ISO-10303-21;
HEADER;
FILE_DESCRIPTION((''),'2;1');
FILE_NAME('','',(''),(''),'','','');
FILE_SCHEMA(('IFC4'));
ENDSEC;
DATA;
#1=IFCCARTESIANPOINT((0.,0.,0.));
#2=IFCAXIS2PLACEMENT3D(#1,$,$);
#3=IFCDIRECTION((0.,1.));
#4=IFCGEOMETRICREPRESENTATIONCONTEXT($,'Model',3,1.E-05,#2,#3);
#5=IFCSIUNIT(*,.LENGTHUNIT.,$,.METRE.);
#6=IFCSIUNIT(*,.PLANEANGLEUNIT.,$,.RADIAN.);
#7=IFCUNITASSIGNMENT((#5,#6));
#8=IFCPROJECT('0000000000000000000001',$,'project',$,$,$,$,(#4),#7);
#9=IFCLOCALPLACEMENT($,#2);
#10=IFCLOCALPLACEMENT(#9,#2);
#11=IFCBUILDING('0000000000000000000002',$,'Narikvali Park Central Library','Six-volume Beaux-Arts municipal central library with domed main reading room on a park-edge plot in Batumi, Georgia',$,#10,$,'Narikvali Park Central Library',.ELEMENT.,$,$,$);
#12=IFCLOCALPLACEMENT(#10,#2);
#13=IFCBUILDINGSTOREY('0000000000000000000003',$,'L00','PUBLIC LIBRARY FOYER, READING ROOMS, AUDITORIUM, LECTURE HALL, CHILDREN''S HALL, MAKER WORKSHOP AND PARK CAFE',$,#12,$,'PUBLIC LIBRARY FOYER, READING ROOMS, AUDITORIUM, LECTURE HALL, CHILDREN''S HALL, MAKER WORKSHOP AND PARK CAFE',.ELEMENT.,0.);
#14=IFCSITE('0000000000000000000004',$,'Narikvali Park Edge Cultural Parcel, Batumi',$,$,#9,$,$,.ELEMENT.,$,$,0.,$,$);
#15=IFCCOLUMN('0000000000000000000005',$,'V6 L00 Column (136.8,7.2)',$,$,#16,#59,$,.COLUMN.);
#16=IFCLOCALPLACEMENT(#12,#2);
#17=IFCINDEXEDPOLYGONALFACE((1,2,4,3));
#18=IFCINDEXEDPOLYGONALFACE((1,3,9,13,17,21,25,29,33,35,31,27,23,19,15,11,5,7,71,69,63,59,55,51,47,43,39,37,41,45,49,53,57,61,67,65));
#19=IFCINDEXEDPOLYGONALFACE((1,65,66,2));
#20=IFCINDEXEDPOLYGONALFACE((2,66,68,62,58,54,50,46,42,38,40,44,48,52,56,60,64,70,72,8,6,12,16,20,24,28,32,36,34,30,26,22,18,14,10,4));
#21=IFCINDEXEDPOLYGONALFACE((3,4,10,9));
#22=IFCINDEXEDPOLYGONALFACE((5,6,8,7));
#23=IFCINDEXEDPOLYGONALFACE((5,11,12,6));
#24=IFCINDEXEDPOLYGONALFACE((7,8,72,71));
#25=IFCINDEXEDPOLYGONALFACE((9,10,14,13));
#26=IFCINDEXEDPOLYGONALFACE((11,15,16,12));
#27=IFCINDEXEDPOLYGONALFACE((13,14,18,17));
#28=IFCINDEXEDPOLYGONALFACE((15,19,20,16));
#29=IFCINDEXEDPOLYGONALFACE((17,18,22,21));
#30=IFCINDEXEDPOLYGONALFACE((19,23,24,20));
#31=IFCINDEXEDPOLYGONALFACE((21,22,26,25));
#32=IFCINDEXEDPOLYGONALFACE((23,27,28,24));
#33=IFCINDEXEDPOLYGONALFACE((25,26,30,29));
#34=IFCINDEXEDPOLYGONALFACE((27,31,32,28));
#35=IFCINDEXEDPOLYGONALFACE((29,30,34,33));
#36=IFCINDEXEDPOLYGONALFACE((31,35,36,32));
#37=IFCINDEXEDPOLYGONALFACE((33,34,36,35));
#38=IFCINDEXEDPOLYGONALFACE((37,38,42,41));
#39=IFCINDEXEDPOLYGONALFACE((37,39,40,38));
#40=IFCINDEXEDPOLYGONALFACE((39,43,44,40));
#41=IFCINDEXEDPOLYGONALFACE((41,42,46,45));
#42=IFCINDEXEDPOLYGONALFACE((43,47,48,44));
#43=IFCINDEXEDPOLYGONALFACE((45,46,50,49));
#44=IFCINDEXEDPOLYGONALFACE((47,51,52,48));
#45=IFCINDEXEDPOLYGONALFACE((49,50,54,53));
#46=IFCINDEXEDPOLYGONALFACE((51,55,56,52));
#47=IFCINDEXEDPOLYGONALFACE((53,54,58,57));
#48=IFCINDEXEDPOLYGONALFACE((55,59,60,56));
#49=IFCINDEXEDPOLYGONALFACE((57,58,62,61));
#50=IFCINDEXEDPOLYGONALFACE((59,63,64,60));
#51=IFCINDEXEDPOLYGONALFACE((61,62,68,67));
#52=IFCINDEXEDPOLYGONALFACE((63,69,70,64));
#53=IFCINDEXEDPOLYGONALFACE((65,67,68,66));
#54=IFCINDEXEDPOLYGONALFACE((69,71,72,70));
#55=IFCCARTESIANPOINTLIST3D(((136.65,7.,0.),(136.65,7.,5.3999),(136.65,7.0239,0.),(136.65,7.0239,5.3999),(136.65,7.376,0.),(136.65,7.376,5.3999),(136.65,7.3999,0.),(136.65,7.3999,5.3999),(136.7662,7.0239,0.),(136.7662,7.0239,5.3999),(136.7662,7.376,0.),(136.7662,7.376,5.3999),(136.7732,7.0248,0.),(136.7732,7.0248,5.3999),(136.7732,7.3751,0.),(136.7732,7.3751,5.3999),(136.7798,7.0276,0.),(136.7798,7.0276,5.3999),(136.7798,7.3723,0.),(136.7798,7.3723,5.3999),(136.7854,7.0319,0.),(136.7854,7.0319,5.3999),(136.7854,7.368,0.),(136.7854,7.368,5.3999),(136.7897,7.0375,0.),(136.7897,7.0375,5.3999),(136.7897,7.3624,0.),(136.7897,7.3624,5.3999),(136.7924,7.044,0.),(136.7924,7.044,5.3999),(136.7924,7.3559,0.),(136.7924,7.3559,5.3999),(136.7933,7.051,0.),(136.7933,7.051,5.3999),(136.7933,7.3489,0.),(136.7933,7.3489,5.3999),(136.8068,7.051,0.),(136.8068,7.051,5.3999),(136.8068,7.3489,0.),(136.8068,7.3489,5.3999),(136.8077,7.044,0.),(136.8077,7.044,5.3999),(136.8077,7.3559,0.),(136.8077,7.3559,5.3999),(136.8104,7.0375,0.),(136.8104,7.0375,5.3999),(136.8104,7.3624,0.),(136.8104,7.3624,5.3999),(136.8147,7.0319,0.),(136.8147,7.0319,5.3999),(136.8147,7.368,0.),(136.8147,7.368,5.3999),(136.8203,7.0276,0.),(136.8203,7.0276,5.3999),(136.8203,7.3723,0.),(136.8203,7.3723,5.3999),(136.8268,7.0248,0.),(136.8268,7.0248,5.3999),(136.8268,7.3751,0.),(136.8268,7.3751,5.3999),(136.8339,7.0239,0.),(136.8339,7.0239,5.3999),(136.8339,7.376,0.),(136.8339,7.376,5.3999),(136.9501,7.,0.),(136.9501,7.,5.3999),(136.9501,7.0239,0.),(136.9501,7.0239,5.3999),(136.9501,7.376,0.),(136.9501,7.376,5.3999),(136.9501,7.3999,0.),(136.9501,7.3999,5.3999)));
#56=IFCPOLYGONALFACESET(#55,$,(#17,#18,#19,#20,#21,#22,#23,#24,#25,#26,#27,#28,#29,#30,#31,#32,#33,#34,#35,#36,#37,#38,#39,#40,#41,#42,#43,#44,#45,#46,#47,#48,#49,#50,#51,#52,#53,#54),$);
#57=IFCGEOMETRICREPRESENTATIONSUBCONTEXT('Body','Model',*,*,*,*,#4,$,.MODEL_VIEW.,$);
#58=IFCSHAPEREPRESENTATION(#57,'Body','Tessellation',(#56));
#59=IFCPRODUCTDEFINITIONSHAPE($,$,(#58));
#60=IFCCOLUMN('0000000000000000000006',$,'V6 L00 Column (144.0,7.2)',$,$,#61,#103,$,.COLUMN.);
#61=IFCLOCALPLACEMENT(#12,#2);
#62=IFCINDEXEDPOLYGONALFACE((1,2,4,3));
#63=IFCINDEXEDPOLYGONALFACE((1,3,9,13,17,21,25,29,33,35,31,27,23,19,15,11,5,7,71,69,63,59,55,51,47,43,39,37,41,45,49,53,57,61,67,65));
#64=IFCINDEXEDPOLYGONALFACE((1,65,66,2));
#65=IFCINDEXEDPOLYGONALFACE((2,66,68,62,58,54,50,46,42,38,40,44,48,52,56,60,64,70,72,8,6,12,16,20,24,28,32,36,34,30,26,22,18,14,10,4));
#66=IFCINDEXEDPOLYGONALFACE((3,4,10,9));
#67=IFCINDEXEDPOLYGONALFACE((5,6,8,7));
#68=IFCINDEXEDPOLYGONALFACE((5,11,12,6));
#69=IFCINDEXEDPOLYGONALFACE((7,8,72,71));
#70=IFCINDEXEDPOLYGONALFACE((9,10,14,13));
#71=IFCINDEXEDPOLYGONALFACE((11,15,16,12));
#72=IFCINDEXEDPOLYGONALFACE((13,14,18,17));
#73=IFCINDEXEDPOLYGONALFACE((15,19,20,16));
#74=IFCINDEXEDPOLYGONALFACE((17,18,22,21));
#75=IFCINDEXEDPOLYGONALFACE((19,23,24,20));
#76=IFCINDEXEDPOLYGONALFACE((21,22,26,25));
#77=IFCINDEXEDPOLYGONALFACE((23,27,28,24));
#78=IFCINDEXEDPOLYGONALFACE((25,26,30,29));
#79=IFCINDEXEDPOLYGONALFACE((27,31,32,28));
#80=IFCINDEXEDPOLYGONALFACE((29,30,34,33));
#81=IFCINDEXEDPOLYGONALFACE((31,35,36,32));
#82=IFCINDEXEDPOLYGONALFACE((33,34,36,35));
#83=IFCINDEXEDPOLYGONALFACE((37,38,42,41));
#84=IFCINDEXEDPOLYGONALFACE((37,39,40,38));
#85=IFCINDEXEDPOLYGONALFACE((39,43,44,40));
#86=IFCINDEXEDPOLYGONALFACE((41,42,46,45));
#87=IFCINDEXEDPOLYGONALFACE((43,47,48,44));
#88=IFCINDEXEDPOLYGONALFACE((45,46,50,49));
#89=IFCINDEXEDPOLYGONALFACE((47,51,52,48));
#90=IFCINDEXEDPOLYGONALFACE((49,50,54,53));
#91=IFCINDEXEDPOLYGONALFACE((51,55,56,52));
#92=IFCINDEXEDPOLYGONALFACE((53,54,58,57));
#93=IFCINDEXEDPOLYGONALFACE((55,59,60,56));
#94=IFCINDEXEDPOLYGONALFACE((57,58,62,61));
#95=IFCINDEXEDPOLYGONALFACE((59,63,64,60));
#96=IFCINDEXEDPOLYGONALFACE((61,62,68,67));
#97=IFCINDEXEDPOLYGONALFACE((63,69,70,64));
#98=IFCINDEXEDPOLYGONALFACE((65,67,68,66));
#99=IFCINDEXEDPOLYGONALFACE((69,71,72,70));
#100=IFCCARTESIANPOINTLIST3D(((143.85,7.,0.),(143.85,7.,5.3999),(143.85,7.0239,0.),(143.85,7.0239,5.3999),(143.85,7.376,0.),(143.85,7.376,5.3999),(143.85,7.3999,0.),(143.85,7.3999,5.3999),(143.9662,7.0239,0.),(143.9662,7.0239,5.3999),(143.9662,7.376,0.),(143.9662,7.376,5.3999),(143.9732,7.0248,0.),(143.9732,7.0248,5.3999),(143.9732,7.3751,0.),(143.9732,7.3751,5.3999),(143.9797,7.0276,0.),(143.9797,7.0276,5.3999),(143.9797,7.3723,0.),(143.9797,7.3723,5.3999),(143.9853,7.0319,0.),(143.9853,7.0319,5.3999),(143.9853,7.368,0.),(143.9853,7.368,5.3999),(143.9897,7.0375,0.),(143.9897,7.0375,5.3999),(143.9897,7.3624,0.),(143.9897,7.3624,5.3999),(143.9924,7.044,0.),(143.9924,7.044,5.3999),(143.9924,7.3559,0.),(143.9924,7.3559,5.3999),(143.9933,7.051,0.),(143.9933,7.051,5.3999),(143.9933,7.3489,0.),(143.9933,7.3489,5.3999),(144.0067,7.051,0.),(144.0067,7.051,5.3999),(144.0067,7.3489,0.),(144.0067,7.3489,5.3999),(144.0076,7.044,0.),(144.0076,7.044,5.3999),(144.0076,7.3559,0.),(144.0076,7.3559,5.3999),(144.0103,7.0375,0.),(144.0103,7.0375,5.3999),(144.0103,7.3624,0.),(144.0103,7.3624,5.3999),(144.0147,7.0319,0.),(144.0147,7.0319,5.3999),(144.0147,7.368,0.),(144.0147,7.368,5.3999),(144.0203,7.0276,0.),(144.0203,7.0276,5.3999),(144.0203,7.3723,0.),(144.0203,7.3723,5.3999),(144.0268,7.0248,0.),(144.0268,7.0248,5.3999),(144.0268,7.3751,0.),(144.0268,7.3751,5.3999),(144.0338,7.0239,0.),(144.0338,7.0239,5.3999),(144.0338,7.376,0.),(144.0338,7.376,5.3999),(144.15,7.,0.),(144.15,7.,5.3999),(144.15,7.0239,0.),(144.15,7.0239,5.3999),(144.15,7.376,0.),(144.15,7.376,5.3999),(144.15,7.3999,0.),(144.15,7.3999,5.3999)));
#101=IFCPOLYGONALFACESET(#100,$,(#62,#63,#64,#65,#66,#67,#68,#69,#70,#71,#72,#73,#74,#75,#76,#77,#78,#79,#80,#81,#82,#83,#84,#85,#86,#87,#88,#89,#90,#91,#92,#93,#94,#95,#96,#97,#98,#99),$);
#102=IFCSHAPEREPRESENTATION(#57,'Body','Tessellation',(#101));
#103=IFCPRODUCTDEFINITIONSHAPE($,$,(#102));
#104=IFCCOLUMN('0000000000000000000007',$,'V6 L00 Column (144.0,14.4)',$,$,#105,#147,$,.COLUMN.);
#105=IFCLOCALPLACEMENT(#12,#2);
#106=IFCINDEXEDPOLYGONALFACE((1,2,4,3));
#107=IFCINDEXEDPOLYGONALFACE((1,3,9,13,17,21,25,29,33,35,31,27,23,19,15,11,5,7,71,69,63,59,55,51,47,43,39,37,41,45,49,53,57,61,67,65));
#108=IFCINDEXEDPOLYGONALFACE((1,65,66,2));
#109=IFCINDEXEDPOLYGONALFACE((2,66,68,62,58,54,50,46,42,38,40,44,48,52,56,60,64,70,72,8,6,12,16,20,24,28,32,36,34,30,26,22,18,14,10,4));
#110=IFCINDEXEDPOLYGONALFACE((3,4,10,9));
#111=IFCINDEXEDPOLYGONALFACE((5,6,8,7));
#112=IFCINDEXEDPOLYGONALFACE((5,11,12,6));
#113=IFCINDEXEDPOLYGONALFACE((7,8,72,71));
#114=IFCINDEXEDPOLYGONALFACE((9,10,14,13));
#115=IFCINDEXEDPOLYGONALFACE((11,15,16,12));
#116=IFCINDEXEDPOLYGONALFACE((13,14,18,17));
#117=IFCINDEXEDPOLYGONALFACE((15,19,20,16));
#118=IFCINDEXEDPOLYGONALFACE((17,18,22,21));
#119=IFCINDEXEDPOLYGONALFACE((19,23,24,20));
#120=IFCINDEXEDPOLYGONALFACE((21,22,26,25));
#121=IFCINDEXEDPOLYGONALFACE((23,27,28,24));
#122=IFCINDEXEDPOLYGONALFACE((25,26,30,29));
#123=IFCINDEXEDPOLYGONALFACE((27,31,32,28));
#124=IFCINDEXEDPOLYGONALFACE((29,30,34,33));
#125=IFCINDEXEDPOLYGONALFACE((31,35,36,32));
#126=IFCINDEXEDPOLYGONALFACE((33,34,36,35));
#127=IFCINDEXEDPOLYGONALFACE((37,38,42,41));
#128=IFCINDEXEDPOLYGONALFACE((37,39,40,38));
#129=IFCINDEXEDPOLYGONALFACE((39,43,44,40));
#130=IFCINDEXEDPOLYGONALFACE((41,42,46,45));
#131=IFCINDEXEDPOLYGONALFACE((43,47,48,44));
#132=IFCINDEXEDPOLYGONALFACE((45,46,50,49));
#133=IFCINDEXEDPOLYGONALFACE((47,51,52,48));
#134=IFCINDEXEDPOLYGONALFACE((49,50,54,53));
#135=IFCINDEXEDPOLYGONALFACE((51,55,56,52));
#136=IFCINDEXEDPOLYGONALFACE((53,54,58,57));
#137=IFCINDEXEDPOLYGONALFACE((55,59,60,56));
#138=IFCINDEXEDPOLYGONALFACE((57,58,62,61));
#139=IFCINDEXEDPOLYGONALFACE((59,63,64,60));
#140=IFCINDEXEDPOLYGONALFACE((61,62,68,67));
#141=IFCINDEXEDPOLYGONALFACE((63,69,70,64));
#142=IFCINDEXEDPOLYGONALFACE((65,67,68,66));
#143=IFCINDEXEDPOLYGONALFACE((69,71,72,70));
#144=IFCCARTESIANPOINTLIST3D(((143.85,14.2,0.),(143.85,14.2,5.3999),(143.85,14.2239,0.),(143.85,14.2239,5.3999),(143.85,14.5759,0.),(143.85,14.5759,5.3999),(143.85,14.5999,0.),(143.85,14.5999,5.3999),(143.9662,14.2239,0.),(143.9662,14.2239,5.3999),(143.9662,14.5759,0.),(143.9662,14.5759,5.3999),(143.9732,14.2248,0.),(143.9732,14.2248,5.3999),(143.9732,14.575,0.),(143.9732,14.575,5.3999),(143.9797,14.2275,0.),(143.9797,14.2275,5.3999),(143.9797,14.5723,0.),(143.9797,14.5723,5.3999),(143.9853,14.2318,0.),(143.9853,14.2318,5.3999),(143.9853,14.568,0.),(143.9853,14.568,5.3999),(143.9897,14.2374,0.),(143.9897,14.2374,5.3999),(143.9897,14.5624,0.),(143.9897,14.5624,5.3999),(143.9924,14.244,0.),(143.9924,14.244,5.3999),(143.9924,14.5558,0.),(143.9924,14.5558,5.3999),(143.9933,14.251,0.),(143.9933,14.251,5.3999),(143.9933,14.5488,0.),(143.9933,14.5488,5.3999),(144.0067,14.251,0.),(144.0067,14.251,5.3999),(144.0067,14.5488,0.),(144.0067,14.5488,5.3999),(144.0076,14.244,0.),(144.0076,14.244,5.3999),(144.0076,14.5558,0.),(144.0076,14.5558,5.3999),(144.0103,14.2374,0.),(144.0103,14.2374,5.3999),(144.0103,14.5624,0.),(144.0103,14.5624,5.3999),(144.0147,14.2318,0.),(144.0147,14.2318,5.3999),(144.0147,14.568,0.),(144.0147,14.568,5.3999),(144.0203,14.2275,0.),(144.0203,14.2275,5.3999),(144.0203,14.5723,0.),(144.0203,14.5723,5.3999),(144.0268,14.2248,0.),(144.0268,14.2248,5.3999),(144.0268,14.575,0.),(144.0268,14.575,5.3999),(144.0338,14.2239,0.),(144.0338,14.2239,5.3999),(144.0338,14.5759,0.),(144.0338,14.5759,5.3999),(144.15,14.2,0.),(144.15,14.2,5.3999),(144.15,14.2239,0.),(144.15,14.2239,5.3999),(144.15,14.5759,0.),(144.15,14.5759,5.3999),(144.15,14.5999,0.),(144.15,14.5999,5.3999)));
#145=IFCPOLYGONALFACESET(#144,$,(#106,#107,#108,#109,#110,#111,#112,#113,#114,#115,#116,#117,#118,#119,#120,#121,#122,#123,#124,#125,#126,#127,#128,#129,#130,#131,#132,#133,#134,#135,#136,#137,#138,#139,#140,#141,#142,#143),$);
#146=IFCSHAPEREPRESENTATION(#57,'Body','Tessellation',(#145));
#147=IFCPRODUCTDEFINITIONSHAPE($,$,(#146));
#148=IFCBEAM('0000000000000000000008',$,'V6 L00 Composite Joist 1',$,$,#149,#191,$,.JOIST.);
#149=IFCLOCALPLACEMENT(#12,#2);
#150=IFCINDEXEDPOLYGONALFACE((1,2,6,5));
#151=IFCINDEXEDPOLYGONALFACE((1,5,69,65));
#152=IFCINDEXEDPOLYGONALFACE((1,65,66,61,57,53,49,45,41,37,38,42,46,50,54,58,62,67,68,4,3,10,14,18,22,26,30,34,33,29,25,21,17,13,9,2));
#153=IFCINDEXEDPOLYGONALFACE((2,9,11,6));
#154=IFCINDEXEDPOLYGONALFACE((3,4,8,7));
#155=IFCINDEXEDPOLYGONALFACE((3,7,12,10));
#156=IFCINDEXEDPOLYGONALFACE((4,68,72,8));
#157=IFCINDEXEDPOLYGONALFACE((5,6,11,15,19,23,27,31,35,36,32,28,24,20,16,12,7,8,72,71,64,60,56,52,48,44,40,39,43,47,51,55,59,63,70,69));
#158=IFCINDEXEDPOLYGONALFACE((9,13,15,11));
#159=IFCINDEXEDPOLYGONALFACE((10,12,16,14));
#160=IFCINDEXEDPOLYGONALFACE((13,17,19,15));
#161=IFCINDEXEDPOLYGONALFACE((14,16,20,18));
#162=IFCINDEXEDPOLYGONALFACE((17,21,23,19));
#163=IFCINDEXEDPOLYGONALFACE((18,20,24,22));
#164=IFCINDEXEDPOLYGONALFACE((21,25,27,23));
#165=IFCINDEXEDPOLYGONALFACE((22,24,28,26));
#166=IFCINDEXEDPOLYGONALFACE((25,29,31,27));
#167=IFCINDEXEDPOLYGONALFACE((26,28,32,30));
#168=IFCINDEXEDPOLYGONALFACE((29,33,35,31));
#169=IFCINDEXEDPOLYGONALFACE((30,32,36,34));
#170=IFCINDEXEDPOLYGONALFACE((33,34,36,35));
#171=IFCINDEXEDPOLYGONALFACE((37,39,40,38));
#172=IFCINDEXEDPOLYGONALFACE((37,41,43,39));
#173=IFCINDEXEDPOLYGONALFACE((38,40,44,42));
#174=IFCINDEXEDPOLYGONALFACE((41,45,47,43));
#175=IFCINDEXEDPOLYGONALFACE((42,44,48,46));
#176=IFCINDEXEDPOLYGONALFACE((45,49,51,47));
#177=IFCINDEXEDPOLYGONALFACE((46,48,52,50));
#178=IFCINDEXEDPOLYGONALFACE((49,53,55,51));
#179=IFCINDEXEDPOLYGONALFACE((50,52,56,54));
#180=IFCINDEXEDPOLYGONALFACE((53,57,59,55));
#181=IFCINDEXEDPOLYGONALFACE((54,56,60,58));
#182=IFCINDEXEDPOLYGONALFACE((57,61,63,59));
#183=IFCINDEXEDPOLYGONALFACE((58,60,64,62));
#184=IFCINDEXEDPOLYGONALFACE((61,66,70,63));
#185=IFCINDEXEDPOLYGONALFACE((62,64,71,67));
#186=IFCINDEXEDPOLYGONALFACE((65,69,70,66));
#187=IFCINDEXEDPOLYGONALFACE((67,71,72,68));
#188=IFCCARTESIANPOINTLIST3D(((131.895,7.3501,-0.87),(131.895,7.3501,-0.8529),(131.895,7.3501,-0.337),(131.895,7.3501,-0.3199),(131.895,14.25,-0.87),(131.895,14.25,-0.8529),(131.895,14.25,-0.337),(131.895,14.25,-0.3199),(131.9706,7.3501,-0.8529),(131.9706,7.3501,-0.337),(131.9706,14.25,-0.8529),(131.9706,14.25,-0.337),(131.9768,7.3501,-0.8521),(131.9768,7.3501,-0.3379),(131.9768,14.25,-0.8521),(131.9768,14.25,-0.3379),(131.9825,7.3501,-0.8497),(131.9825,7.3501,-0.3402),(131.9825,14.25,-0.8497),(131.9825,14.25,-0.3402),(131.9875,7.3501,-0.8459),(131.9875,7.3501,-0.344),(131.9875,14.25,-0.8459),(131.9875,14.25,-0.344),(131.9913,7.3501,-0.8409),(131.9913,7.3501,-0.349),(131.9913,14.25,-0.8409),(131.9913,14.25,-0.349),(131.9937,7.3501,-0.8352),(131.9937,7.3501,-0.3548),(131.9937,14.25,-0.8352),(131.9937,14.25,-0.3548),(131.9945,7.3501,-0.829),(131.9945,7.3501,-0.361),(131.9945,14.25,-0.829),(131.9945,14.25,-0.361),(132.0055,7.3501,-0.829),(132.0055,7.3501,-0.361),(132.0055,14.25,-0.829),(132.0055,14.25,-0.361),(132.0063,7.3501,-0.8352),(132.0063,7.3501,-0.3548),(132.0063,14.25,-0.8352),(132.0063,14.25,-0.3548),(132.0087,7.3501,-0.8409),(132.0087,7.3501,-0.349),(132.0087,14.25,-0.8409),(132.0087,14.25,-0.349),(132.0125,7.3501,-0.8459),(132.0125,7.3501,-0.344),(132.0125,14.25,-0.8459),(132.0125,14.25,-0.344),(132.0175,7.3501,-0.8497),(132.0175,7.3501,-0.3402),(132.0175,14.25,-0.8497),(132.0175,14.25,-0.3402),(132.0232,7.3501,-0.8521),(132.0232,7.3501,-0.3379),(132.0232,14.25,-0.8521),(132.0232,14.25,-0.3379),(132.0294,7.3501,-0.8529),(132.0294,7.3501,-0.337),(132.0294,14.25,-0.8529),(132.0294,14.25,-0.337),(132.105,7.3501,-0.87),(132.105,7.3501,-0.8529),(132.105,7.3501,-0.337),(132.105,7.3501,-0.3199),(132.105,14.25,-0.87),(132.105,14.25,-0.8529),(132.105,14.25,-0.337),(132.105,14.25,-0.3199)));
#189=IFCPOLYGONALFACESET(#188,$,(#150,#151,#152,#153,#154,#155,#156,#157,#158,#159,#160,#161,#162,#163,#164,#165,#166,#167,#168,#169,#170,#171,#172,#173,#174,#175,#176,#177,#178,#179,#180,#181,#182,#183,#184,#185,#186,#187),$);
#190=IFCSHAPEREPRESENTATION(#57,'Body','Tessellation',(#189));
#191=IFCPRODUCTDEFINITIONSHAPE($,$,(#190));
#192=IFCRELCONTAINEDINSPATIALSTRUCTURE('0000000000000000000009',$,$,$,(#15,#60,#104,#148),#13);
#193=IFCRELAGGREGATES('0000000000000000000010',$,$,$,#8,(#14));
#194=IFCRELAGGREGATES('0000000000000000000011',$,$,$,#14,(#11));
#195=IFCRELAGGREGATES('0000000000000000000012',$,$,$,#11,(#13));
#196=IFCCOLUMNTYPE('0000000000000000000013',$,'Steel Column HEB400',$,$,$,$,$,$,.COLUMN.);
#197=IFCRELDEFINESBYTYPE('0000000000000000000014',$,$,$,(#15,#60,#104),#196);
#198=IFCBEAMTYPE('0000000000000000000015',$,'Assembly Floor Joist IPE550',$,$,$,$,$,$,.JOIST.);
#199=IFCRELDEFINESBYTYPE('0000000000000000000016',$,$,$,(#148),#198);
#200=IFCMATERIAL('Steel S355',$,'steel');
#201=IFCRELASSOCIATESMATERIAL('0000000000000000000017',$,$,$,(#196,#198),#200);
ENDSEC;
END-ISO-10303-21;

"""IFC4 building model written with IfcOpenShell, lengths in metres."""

from ifc_helpers import new_model, si_unit, direction, frame, origin, origin_2d, place, context, subcontext, project, spatial, i_section, extrude, material, material_profile, profile_set, type_object, element, save


model = new_model("IFC4")

# Units and contexts
model_context = context("Model", 3, precision=1e-05, world=origin(), true_north=direction((0.0, 1.0)))
body_context = subcontext(model_context, "Body", "Model", "MODEL_VIEW")
ifc_project = project(units=[si_unit("LENGTHUNIT", "METRE"), si_unit("PLANEANGLEUNIT", "RADIAN")], contexts=[model_context])

# Site, building, storey
site_placement = place(None, origin())
site = spatial("IfcSite", under=ifc_project, at=site_placement, Name="Narikvali Park Edge Cultural Parcel, Batumi", CompositionType="ELEMENT", RefElevation=0.0)
building_placement = place(site_placement, origin())
building = spatial("IfcBuilding", under=site, at=building_placement, Name="Narikvali Park Central Library", Description="Six-volume Beaux-Arts municipal central library with domed main reading room on a park-edge plot in Batumi, Georgia", LongName="Narikvali Park Central Library", CompositionType="ELEMENT")
storey_placement = place(building_placement, origin())
storey = spatial("IfcBuildingStorey", under=building, at=storey_placement, Name="L00", Description="PUBLIC LIBRARY FOYER, READING ROOMS, AUDITORIUM, LECTURE HALL, CHILDREN'S HALL, MAKER WORKSHOP AND PARK CAFE", LongName="PUBLIC LIBRARY FOYER, READING ROOMS, AUDITORIUM, LECTURE HALL, CHILDREN'S HALL, MAKER WORKSHOP AND PARK CAFE", CompositionType="ELEMENT", Elevation=0.0)

# Columns
ifc_material_1 = material(Name="Steel S355", Category="steel")
ifc_material_profile_1 = material_profile(ifc_material_1, i_section(OverallWidth=0.3, OverallDepth=0.3999, WebThickness=0.0134, FlangeThickness=0.0239, FilletRadius=0.0271, at=origin_2d()), Name="HEB 400")
ifc_profile_set_1 = profile_set([ifc_material_profile_1], Name="Steel S355")
column_type = type_object("IfcColumnType", Name="Steel Column HEB400", PredefinedType="COLUMN", material=ifc_profile_set_1)
for number, where, z_axis, x_axis, name in (
    (1, (136.8, 7.2, 0.0), (0.0, 0.0, 1.0), (1.0, 0.0, 0.0), "V6 L00 Column (136.8,7.2)"),
    (2, (144.0, 7.2, 0.0), (0.0, 0.0, 1.0), (1.0, 0.0, 0.0), "V6 L00 Column (144.0,7.2)"),
    (3, (144.0, 14.3999, 0.0), (0.0, 0.0, 1.0), (1.0, 0.0, 0.0), "V6 L00 Column (144.0,14.4)"),
):
    element("IfcColumn", number, at=place(storey_placement, frame(where, z_axis=z_axis, x_axis=x_axis)), inside=storey, type_object=column_type, Name=name, PredefinedType="COLUMN", context=body_context, shape_type="SweptSolid", body=[
        extrude(i_section(OverallWidth=0.3, OverallDepth=0.3999, WebThickness=0.0134, FlangeThickness=0.0239, FilletRadius=0.0271, at=origin_2d()), origin(), (0.0, 0.0, 1.0), 5.3999),
    ])

# Beam
ifc_material_profile_2 = material_profile(ifc_material_1, i_section(OverallWidth=0.21, OverallDepth=0.55, WebThickness=0.011, FlangeThickness=0.0171, FilletRadius=0.0239, at=origin_2d()), Name="IPE 550")
ifc_profile_set_2 = profile_set([ifc_material_profile_2], Name="Steel S355")
beam_type_1 = type_object("IfcBeamType", Name="Assembly Floor Joist IPE550", PredefinedType="JOIST", material=ifc_profile_set_2)
for number, where, z_axis, x_axis, name in (
    (4, (132.0, 7.3501, -0.595), (0.0, 1.0, 0.0), (-1.0, 0.0, 0.0), "V6 L00 Composite Joist 1"),
):
    element("IfcBeam", number, at=place(storey_placement, frame(where, z_axis=z_axis, x_axis=x_axis)), inside=storey, type_object=beam_type_1, Name=name, PredefinedType="JOIST", context=body_context, shape_type="SweptSolid", body=[
        extrude(i_section(OverallWidth=0.21, OverallDepth=0.55, WebThickness=0.011, FlangeThickness=0.0171, FilletRadius=0.0239, at=origin_2d()), origin(), (0.0, 0.0, 1.0), 6.8999),
    ])

save(model, "model.ifc")
